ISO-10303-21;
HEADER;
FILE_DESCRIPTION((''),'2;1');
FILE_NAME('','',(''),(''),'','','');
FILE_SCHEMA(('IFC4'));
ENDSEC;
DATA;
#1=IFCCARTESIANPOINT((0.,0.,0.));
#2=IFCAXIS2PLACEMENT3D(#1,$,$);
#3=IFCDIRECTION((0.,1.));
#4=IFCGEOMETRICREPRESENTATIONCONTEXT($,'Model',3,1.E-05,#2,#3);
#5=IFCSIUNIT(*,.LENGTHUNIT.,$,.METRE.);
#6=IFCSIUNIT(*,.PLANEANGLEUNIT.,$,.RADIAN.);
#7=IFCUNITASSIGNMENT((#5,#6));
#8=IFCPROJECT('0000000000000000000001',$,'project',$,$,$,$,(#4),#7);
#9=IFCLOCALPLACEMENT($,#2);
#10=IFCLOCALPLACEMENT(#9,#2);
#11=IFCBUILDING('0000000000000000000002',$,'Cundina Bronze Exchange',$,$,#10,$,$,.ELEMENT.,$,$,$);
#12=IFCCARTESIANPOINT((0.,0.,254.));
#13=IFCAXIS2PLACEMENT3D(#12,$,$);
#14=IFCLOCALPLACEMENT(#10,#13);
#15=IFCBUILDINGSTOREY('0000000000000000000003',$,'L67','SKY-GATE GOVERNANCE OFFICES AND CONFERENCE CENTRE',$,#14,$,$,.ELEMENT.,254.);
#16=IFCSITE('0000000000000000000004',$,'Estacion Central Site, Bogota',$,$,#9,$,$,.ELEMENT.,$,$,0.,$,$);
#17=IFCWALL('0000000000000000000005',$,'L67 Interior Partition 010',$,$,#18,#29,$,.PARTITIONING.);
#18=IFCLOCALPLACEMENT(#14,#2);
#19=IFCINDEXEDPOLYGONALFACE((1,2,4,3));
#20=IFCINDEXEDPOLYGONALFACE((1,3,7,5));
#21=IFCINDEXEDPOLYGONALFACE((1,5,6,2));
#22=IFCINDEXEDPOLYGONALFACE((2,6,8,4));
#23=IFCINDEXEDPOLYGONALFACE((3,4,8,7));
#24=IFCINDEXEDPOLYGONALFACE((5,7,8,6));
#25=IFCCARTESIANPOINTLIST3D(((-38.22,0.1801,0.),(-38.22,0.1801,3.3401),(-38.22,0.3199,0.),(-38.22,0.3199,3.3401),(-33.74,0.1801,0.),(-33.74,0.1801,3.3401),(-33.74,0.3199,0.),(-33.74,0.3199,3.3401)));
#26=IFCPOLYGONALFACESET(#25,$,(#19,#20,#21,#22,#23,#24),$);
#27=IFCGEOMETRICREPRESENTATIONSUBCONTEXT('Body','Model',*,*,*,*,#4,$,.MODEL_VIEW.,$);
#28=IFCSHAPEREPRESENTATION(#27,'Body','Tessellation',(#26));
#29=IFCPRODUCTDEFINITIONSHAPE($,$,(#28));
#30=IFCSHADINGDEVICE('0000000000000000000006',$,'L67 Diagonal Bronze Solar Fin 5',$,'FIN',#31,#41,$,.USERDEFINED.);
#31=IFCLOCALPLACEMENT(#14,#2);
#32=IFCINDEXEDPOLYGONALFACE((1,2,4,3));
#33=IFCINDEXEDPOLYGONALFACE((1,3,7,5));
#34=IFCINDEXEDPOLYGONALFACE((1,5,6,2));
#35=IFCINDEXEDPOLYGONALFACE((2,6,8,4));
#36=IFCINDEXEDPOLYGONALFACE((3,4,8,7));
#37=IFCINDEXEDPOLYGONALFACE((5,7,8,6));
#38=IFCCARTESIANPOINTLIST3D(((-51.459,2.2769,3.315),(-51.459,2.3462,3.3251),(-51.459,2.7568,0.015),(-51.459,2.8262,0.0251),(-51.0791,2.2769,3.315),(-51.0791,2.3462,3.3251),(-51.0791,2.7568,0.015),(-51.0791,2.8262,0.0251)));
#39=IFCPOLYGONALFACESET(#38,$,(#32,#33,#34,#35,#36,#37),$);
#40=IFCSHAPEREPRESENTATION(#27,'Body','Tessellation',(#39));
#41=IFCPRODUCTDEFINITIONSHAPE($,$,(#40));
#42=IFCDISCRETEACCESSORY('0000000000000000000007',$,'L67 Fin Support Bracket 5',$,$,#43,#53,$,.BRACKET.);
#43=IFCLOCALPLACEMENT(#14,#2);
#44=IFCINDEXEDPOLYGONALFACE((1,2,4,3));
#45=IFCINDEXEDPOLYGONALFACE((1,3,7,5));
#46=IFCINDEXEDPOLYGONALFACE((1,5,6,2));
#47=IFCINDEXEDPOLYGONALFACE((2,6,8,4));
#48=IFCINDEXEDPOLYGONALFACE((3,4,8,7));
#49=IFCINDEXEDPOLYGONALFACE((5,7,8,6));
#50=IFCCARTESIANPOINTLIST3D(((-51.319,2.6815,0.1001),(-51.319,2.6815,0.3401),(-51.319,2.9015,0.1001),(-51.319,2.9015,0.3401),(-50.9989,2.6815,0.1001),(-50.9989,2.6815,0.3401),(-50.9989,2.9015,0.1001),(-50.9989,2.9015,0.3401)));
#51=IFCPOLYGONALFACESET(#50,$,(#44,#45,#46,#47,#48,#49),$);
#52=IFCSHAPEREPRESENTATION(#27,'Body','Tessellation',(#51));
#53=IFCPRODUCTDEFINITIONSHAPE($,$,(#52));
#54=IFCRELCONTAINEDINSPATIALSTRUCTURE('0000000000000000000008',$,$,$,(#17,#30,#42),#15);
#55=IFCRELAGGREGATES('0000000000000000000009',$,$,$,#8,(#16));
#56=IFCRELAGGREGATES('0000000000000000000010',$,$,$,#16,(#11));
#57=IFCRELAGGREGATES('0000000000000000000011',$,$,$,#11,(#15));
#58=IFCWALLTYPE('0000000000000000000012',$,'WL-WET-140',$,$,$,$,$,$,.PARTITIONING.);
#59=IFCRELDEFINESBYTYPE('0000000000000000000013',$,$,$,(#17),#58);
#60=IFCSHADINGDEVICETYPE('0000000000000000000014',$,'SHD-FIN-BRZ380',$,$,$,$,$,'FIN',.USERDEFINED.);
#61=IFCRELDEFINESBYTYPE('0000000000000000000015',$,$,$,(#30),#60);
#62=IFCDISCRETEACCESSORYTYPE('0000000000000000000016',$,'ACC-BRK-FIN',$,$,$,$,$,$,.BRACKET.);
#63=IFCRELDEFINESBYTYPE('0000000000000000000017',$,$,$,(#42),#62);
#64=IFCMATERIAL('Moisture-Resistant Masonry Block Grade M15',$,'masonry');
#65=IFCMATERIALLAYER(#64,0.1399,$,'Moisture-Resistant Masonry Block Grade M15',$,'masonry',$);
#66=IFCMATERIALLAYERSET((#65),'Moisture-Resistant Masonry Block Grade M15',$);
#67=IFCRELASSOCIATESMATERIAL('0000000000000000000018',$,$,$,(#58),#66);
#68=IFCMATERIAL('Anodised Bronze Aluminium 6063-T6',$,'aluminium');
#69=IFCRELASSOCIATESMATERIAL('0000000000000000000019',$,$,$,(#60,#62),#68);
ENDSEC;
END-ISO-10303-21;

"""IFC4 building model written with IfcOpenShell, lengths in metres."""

from ifc_helpers import new_model, si_unit, direction, frame, frame_2d, origin, origin_2d, place, context, subcontext, project, spatial, rectangle, extrude, material, layer, layer_set, material_profile, profile_set, type_object, element, save


model = new_model("IFC4")

# Units and contexts
model_context = context("Model", 3, precision=1e-05, world=origin(), true_north=direction((0.0, 1.0)))
body_context = subcontext(model_context, "Body", "Model", "MODEL_VIEW")
ifc_project = project(units=[si_unit("LENGTHUNIT", "METRE"), si_unit("PLANEANGLEUNIT", "RADIAN")], contexts=[model_context])

# Site, building, storey
site_placement = place(None, origin())
site = spatial("IfcSite", under=ifc_project, at=site_placement, Name="Estacion Central Site, Bogota", CompositionType="ELEMENT", RefElevation=0.0)
building_placement = place(site_placement, origin())
building = spatial("IfcBuilding", under=site, at=building_placement, Name="Cundina Bronze Exchange", CompositionType="ELEMENT")
storey_placement = place(building_placement, frame((0.0, 0.0, 254.0)))
storey = spatial("IfcBuildingStorey", under=building, at=storey_placement, Name="L67", Description="SKY-GATE GOVERNANCE OFFICES AND CONFERENCE CENTRE", CompositionType="ELEMENT", Elevation=254.0)

# Shared definitions
ifc_material_1 = material(Name="Anodised Bronze Aluminium 6063-T6", Category="aluminium")

# Wall
ifc_material_2 = material(Name="Moisture-Resistant Masonry Block Grade M15", Category="masonry")
ifc_layer_1 = layer(ifc_material_2, 0.1399, Name="Moisture-Resistant Masonry Block Grade M15", Category="masonry")
ifc_layer_set_1 = layer_set([ifc_layer_1], Name="Moisture-Resistant Masonry Block Grade M15")
wall_type_1 = type_object("IfcWallType", Name="WL-WET-140", PredefinedType="PARTITIONING", material=ifc_layer_set_1)
wall_1_placement = place(storey_placement, frame((-38.22, 0.25, 0.0), z_axis=(0.0, 0.0, 1.0), x_axis=(1.0, 0.0, 0.0)))
element("IfcWall", 1, at=wall_1_placement, inside=storey, type_object=wall_type_1, Name="L67 Interior Partition 010", PredefinedType="PARTITIONING", context=body_context, shape_type="SweptSolid", body=[
    extrude(rectangle(XDim=4.48, YDim=0.1399, at=frame_2d((2.24, 0.0))), origin(), (0.0, 0.0, 1.0), 3.3401),
])

# Shading device
ifc_material_profile_1 = material_profile(ifc_material_1, rectangle(XDim=0.0701, YDim=0.3799, at=origin_2d()), Name="FIN70X380", Category="aluminium")
ifc_profile_set_1 = profile_set([ifc_material_profile_1], Name="Anodised Bronze Aluminium 6063-T6")
shading_device_type = type_object("IfcShadingDeviceType", Name="SHD-FIN-BRZ380", ElementType="FIN", PredefinedType="USERDEFINED", material=ifc_profile_set_1)
shading_device_placement = place(storey_placement, frame((-51.269, 2.7915, 0.02), z_axis=(0.0, -0.143932, 0.989588), x_axis=(0.0, 0.989588, 0.143932)))
element("IfcShadingDevice", 2, at=shading_device_placement, inside=storey, type_object=shading_device_type, Name="L67 Diagonal Bronze Solar Fin 5", ObjectType="FIN", PredefinedType="USERDEFINED", context=body_context, shape_type="SweptSolid", body=[
    extrude(rectangle(XDim=0.0701, YDim=0.3799, at=origin_2d()), origin(), (0.0, 0.0, 1.0), 3.3347),
])

# Discrete accessory
discrete_accessory_type = type_object("IfcDiscreteAccessoryType", Name="ACC-BRK-FIN", PredefinedType="BRACKET", material=ifc_material_1)
discrete_accessory_placement = place(storey_placement, frame((-51.1589, 2.7915, 0.1001), z_axis=(0.0, 0.0, 1.0), x_axis=(0.0, -1.0, 0.0)))
element("IfcDiscreteAccessory", 3, at=discrete_accessory_placement, inside=storey, type_object=discrete_accessory_type, Name="L67 Fin Support Bracket 5", PredefinedType="BRACKET", context=body_context, shape_type="SweptSolid", body=[
    extrude(rectangle(XDim=0.22, YDim=0.3201, at=origin_2d()), origin(), (0.0, 0.0, 1.0), 0.24),
])

save(model, "model.ifc")
